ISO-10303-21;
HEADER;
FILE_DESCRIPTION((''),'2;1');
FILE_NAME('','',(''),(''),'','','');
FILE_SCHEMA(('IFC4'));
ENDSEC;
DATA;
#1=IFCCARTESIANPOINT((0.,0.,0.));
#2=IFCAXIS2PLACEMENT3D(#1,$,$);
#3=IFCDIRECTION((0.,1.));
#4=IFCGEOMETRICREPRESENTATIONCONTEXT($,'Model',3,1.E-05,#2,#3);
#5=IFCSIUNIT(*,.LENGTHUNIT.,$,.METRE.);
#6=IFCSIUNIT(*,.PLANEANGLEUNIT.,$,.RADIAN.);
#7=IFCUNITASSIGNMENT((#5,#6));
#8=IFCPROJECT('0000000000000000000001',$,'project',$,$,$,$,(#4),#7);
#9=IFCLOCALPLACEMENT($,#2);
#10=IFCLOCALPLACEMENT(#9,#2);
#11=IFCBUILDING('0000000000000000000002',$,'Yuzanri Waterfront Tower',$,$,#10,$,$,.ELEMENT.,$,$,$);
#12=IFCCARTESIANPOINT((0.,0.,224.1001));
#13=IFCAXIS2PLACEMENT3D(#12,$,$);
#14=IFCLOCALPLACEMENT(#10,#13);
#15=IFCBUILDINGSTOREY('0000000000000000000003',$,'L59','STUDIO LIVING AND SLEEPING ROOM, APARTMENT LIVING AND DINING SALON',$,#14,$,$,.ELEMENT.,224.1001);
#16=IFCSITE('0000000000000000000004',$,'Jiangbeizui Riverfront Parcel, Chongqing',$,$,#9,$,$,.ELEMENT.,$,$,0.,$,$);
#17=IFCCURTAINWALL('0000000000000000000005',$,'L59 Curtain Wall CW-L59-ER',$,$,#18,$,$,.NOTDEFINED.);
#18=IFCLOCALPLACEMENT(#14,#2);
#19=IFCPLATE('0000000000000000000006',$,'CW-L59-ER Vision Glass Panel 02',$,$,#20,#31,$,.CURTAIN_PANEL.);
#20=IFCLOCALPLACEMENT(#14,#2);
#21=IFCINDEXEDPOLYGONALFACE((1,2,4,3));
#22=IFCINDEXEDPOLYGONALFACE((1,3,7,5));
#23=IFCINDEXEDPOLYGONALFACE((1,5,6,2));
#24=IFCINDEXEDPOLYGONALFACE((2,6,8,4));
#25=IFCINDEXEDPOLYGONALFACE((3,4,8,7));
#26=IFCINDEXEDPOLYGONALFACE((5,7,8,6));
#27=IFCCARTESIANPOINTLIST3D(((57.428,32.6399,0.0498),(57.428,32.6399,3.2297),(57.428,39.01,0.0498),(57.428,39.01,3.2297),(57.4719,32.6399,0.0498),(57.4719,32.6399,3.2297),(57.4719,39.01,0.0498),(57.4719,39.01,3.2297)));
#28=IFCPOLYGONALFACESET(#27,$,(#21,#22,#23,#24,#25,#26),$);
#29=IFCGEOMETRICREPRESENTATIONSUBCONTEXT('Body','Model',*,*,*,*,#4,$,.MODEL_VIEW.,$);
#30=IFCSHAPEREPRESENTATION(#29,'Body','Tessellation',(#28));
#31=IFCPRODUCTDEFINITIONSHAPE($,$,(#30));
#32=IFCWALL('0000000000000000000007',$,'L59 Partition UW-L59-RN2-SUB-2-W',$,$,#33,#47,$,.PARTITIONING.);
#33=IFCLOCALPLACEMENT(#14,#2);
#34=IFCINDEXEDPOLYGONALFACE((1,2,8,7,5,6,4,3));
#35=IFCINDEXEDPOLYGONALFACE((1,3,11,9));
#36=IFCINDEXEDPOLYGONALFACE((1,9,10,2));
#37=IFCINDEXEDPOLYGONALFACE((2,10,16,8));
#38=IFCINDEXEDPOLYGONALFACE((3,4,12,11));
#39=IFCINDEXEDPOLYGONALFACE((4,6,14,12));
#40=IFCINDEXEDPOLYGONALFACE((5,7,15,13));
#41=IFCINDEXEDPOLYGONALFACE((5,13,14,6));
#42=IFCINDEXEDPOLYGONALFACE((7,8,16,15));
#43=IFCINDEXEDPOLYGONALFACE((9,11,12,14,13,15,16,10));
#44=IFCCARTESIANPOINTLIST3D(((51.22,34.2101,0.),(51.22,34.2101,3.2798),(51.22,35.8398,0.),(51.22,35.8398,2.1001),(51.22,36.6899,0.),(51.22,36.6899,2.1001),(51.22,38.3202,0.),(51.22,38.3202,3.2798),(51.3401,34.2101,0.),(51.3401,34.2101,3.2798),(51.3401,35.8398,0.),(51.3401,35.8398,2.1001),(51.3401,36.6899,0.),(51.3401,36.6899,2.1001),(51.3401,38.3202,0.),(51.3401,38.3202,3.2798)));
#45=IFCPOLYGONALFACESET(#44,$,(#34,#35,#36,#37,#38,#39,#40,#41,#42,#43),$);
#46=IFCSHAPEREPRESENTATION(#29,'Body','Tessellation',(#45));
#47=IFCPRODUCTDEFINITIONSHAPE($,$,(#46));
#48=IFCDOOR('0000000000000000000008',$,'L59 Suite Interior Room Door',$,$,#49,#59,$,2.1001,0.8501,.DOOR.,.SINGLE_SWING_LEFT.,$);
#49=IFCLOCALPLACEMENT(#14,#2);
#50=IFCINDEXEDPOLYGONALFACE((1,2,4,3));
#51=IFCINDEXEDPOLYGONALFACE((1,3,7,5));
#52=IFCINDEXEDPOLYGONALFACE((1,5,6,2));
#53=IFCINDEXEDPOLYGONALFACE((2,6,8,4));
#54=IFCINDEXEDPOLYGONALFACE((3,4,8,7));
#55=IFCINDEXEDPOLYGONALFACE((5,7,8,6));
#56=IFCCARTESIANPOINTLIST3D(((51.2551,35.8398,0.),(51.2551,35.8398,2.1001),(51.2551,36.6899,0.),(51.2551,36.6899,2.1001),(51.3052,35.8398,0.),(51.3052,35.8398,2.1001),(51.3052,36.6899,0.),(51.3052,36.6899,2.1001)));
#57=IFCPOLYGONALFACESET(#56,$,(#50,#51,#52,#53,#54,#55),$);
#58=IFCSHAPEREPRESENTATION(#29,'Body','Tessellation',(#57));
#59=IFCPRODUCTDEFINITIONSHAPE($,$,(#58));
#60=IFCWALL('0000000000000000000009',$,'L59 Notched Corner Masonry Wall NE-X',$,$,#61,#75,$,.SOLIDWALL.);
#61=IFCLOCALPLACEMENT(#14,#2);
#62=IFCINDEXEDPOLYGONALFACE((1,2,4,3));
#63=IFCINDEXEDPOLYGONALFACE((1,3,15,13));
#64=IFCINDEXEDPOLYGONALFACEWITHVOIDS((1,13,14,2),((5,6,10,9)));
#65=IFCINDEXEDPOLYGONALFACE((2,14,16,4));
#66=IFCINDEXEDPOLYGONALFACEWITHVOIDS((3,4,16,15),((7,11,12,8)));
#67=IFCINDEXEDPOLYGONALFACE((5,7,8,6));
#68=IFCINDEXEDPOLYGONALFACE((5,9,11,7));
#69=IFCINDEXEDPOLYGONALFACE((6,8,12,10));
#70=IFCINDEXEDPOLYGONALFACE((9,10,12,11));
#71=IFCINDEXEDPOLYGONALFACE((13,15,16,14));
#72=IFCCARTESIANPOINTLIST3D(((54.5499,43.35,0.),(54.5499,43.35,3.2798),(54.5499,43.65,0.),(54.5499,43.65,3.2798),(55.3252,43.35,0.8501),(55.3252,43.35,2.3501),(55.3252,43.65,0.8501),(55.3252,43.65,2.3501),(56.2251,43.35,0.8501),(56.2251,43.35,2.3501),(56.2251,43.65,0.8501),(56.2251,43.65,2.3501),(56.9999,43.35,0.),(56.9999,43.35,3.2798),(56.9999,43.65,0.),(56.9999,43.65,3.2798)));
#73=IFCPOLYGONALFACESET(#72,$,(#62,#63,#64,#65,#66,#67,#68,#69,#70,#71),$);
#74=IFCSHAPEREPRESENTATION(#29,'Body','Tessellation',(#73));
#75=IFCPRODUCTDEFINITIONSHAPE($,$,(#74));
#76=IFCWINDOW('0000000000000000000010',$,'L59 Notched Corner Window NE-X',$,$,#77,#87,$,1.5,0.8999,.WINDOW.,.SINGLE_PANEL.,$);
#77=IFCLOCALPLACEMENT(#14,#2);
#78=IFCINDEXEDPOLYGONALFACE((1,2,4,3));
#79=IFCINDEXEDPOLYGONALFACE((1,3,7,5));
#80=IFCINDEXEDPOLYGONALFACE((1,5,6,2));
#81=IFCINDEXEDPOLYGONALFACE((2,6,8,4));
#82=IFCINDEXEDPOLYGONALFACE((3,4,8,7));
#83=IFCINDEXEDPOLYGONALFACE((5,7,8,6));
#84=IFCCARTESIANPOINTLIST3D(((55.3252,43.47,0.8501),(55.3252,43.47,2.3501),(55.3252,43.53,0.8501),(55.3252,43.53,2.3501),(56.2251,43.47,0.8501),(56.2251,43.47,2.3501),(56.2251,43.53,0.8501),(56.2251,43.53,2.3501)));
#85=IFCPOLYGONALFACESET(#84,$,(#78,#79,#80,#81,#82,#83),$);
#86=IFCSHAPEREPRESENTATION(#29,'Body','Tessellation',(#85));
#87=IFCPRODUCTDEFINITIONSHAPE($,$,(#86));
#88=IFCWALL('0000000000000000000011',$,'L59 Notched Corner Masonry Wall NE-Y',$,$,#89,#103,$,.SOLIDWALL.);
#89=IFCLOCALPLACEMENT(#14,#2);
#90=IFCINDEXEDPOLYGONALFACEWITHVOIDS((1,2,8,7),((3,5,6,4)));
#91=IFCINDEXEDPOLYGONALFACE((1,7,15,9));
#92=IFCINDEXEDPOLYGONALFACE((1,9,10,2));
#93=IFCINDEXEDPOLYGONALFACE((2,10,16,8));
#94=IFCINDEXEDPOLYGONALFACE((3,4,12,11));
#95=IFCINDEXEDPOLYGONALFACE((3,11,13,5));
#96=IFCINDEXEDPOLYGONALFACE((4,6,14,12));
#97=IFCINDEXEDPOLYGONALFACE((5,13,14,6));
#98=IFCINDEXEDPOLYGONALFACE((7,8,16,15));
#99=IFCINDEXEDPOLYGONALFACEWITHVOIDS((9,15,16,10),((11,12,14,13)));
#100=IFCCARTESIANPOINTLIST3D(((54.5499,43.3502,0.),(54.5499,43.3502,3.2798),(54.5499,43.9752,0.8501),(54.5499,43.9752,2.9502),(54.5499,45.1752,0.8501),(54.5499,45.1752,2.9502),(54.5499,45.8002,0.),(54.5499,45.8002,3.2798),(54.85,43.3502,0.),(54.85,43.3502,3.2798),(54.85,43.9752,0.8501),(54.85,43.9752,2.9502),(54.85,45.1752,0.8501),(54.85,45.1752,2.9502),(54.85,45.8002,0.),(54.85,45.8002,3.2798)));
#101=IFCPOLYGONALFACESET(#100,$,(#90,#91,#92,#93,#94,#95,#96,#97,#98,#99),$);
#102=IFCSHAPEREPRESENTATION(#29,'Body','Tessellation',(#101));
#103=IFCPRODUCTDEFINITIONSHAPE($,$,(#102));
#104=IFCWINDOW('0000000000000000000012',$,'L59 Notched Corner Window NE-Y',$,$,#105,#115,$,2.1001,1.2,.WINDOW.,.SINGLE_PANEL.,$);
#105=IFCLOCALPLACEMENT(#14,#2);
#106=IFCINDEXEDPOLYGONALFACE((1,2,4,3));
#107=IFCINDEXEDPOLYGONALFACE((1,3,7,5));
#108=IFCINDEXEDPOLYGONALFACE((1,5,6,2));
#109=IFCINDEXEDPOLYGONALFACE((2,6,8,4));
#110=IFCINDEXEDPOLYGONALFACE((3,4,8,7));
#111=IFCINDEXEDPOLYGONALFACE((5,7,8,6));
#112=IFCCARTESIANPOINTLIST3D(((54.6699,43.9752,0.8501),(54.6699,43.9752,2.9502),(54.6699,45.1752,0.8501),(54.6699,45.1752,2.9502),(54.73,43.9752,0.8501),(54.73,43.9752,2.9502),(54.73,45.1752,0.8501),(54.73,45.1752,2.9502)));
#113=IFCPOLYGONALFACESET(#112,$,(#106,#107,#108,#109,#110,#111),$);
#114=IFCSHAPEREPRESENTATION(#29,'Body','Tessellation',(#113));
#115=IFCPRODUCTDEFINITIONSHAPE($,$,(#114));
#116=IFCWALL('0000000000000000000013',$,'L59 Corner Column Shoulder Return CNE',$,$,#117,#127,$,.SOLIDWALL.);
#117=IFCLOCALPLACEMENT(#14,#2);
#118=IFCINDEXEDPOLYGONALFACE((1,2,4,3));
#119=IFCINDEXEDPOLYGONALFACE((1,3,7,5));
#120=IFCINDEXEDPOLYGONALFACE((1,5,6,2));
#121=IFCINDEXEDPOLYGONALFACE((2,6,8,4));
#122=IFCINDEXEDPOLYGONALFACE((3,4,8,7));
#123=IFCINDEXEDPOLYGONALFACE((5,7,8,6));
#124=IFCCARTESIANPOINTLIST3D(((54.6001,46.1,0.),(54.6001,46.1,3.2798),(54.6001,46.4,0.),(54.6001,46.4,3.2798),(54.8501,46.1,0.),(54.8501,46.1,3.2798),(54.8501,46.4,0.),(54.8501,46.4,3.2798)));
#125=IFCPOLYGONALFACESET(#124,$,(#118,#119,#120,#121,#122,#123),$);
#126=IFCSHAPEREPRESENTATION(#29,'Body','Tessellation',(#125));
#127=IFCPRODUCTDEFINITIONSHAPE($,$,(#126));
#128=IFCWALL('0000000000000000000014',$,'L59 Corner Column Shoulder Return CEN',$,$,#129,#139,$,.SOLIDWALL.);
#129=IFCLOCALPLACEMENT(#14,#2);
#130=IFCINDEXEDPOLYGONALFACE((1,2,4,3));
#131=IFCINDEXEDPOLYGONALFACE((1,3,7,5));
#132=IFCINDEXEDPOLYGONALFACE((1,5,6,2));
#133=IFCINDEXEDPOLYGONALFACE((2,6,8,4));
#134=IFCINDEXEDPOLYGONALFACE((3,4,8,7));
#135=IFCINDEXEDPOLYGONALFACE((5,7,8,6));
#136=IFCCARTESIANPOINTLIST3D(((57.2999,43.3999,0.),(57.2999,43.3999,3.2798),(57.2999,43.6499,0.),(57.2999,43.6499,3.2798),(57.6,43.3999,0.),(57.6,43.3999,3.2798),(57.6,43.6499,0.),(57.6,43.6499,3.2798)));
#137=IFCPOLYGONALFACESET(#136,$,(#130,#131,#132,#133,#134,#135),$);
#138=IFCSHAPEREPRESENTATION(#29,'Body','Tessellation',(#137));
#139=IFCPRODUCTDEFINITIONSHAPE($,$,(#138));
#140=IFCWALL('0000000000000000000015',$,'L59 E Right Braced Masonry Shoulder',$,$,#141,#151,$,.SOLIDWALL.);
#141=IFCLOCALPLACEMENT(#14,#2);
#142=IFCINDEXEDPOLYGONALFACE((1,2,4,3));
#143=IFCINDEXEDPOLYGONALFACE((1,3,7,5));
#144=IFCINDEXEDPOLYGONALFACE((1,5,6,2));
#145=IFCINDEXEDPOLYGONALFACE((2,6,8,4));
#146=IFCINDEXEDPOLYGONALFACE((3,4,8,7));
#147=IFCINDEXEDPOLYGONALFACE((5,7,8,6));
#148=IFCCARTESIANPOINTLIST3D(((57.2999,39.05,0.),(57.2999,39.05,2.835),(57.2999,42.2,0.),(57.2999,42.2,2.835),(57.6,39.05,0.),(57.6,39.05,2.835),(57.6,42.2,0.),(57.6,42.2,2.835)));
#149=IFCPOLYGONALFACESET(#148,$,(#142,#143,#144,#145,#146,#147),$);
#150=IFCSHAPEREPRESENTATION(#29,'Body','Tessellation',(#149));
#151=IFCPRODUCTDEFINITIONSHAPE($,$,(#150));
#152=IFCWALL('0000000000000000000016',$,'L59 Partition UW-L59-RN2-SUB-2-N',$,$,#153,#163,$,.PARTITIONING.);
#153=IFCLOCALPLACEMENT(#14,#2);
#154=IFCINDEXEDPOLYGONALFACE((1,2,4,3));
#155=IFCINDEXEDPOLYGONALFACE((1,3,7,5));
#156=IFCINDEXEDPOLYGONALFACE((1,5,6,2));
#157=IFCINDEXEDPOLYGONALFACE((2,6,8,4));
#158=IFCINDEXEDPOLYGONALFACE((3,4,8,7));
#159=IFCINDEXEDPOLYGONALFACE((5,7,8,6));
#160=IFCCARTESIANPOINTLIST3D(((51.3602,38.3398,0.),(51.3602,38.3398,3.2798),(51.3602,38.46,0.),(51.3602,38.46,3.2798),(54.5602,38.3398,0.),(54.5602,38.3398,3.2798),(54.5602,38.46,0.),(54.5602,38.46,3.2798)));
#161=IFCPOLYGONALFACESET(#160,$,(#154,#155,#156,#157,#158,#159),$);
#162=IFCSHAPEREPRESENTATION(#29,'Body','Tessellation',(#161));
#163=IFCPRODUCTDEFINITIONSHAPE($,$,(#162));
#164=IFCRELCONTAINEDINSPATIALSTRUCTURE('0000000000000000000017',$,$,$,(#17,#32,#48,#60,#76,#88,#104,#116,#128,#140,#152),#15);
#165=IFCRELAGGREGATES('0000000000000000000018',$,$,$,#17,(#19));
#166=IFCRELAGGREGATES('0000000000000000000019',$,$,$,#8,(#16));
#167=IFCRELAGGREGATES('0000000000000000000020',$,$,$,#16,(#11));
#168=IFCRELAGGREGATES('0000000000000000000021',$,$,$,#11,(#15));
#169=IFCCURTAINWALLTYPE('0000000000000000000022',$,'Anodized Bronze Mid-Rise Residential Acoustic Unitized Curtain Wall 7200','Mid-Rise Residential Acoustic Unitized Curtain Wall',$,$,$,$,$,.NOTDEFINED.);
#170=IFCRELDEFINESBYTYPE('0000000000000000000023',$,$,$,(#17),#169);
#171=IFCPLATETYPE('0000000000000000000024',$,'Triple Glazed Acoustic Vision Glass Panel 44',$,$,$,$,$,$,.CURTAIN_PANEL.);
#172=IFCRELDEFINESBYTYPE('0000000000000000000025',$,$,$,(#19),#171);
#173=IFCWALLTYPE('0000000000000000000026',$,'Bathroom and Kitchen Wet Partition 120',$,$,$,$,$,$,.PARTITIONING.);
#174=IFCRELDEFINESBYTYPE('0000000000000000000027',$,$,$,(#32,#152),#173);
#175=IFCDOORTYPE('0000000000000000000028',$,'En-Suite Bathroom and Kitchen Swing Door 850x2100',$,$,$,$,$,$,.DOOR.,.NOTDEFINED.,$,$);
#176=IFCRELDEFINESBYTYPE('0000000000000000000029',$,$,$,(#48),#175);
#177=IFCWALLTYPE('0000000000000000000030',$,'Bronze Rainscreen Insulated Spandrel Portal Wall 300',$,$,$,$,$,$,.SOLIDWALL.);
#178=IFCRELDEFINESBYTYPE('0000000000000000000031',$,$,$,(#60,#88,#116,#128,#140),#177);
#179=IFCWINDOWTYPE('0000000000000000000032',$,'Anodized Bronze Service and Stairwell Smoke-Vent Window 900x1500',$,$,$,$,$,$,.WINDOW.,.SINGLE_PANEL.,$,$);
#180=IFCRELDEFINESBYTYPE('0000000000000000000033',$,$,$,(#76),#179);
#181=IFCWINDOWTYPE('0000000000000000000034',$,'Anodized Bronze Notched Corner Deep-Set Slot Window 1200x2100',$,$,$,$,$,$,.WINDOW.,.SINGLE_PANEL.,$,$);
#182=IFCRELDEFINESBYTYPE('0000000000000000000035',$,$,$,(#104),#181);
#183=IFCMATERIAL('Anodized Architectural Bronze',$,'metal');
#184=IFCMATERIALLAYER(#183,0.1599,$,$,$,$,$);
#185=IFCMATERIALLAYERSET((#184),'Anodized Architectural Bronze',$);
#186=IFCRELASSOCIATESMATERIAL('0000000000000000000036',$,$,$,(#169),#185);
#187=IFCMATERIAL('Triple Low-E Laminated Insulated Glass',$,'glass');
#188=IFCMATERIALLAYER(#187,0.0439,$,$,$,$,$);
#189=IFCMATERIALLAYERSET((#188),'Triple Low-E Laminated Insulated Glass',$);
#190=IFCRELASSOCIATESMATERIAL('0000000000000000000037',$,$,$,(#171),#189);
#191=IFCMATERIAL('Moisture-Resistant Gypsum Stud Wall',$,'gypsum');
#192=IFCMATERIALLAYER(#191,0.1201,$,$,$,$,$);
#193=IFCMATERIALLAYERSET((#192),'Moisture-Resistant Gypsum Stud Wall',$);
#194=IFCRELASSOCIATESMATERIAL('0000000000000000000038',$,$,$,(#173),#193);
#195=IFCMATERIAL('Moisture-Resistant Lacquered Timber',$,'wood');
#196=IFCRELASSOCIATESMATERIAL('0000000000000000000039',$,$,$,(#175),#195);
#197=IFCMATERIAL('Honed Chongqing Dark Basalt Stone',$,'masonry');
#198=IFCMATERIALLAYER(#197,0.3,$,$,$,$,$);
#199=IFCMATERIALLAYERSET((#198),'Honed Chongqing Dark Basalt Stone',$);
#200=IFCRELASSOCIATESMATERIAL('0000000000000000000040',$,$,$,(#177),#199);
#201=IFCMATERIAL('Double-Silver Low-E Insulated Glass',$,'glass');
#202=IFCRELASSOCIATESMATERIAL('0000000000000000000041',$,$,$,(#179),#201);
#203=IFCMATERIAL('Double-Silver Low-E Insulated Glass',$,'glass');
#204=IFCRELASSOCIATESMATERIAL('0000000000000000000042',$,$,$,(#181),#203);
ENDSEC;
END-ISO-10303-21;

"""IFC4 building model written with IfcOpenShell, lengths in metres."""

from ifc_helpers import new_model, si_unit, direction, frame, frame_2d, origin, origin_2d, place, context, subcontext, project, spatial, rectangle, extrude, source, transform, mapped, material, layer, layer_set, type_object, element, fill, aggregate, save


model = new_model("IFC4")

# Units and contexts
model_context = context("Model", 3, precision=1e-05, world=origin(), true_north=direction((0.0, 1.0)))
body_context = subcontext(model_context, "Body", "Model", "MODEL_VIEW")
ifc_project = project(units=[si_unit("LENGTHUNIT", "METRE"), si_unit("PLANEANGLEUNIT", "RADIAN")], contexts=[model_context])

# Site, building, storey
site_placement = place(None, origin())
site = spatial("IfcSite", under=ifc_project, at=site_placement, Name="Jiangbeizui Riverfront Parcel, Chongqing", CompositionType="ELEMENT", RefElevation=0.0)
building_placement = place(site_placement, origin())
building = spatial("IfcBuilding", under=site, at=building_placement, Name="Yuzanri Waterfront Tower", CompositionType="ELEMENT")
storey_placement = place(building_placement, frame((0.0, 0.0, 224.1001)))
storey = spatial("IfcBuildingStorey", under=building, at=storey_placement, Name="L59", Description="STUDIO LIVING AND SLEEPING ROOM, APARTMENT LIVING AND DINING SALON", CompositionType="ELEMENT", Elevation=224.1001)

# Curtain wall
ifc_material_1 = material(Name="Anodized Architectural Bronze", Category="metal")
ifc_layer_1 = layer(ifc_material_1, 0.1599)
ifc_layer_set_1 = layer_set([ifc_layer_1], Name="Anodized Architectural Bronze")
curtain_wall_type = type_object("IfcCurtainWallType", Name="Anodized Bronze Mid-Rise Residential Acoustic Unitized Curtain Wall 7200", Description="Mid-Rise Residential Acoustic Unitized Curtain Wall", PredefinedType="NOTDEFINED", material=ifc_layer_set_1)
curtain_wall_placement = place(storey_placement, origin())
curtain_wall = element("IfcCurtainWall", 1, at=curtain_wall_placement, inside=storey, type_object=curtain_wall_type, Name="L59 Curtain Wall CW-L59-ER", PredefinedType="NOTDEFINED")

# Plate
ifc_material_2 = material(Name="Triple Low-E Laminated Insulated Glass", Category="glass")
ifc_layer_2 = layer(ifc_material_2, 0.0439)
ifc_layer_set_2 = layer_set([ifc_layer_2], Name="Triple Low-E Laminated Insulated Glass")
plate_type_1 = type_object("IfcPlateType", Name="Triple Glazed Acoustic Vision Glass Panel 44", PredefinedType="CURTAIN_PANEL", material=ifc_layer_set_2)
shared_shape_1 = source(origin(), body_context, "Body", "SweptSolid", [
    extrude(rectangle(XDim=6.3701, YDim=0.0439, at=origin_2d()), origin(), (0.0, 0.0, 1.0), 3.1799),
])
plate_placement = place(storey_placement, frame((57.45, 35.825, 0.0498), z_axis=(0.0, 0.0, 1.0), x_axis=(0.0, 1.0, 0.0)))
plate = element("IfcPlate", 2, at=plate_placement, type_object=plate_type_1, Name="CW-L59-ER Vision Glass Panel 02", PredefinedType="CURTAIN_PANEL", context=body_context, shape_type="MappedRepresentation", body=[
    mapped(shared_shape_1, transform((0.0, 0.0, 0.0), scale=1.0)),
])
aggregate(curtain_wall, [plate])

# Wall, opening, door
ifc_material_3 = material(Name="Moisture-Resistant Gypsum Stud Wall", Category="gypsum")
ifc_layer_3 = layer(ifc_material_3, 0.1201)
ifc_layer_set_3 = layer_set([ifc_layer_3], Name="Moisture-Resistant Gypsum Stud Wall")
wall_type_1 = type_object("IfcWallType", Name="Bathroom and Kitchen Wet Partition 120", PredefinedType="PARTITIONING", material=ifc_layer_set_3)
wall_1_placement = place(storey_placement, frame((51.28, 34.21, 0.0), z_axis=(0.0, 0.0, 1.0), x_axis=(0.0, 1.0, 0.0)))
wall_1 = element("IfcWall", 3, at=wall_1_placement, inside=storey, type_object=wall_type_1, Name="L59 Partition UW-L59-RN2-SUB-2-W", PredefinedType="PARTITIONING", context=body_context, shape_type="SweptSolid", body=[
    extrude(rectangle(XDim=4.1101, YDim=0.1201, at=frame_2d((2.0552, 0.0))), origin(), (0.0, 0.0, 1.0), 3.2798),
])
opening_1_placement = place(wall_1_placement, frame((1.6299, 0.0, 0.0)))
opening_1 = element("IfcOpeningElement", 4, at=opening_1_placement, cuts=wall_1, PredefinedType="OPENING", context=body_context, shape_type="SweptSolid", body=[
    extrude(rectangle(XDim=0.8501, YDim=2.1001, at=frame_2d((0.425, 1.05))), frame((0.0, 0.075, 0.0), z_axis=(0.0, -1.0, 0.0), x_axis=(1.0, 0.0, 0.0)), (0.0, 0.0, 1.0), 0.1499),
])
ifc_material_4 = material(Name="Moisture-Resistant Lacquered Timber", Category="wood")
door_type = type_object("IfcDoorType", Name="En-Suite Bathroom and Kitchen Swing Door 850x2100", OperationType="NOTDEFINED", PredefinedType="DOOR", material=ifc_material_4)
shared_shape_2 = source(origin(), body_context, "Body", "SweptSolid", [
    extrude(rectangle(XDim=0.8501, YDim=2.1001, at=frame_2d((0.425, 1.05))), frame((0.0, 0.0249, 0.0), z_axis=(0.0, -1.0, 0.0), x_axis=(1.0, 0.0, 0.0)), (0.0, 0.0, 1.0), 0.05),
])
door_placement = place(opening_1_placement, origin())
door = element("IfcDoor", 5, at=door_placement, inside=storey, type_object=door_type, Name="L59 Suite Interior Room Door", OperationType="SINGLE_SWING_LEFT", OverallHeight=2.1001, OverallWidth=0.8501, PredefinedType="DOOR", context=body_context, shape_type="MappedRepresentation", body=[
    mapped(shared_shape_2, transform((0.0, 0.0, 0.0), scale=1.0)),
])
fill(opening_1, door)

# Walls, openings, windows
ifc_material_5 = material(Name="Honed Chongqing Dark Basalt Stone", Category="masonry")
ifc_layer_4 = layer(ifc_material_5, 0.3)
ifc_layer_set_4 = layer_set([ifc_layer_4], Name="Honed Chongqing Dark Basalt Stone")
wall_type_2 = type_object("IfcWallType", Name="Bronze Rainscreen Insulated Spandrel Portal Wall 300", PredefinedType="SOLIDWALL", material=ifc_layer_set_4)
wall_2_placement = place(storey_placement, frame((57.0, 43.5, 0.0), z_axis=(0.0, 0.0, 1.0), x_axis=(-1.0, 0.0, 0.0)))
wall_2 = element("IfcWall", 6, at=wall_2_placement, inside=storey, type_object=wall_type_2, Name="L59 Notched Corner Masonry Wall NE-X", PredefinedType="SOLIDWALL", context=body_context, shape_type="SweptSolid", body=[
    extrude(rectangle(XDim=2.45, YDim=0.3, at=frame_2d((1.2251, 0.0))), origin(), (0.0, 0.0, 1.0), 3.2798),
])
opening_2_placement = place(wall_2_placement, frame((0.7749, 0.0, 0.8501)))
opening_2 = element("IfcOpeningElement", 7, at=opening_2_placement, cuts=wall_2, PredefinedType="OPENING", context=body_context, shape_type="SweptSolid", body=[
    extrude(rectangle(XDim=0.8999, YDim=1.5, at=frame_2d((0.45, 0.75))), frame((0.0, 0.165, 0.0), z_axis=(0.0, -1.0, 0.0), x_axis=(1.0, 0.0, 0.0)), (0.0, 0.0, 1.0), 0.3298),
])
ifc_material_6 = material(Name="Double-Silver Low-E Insulated Glass", Category="glass")
window_type_1 = type_object("IfcWindowType", Name="Anodized Bronze Service and Stairwell Smoke-Vent Window 900x1500", PartitioningType="SINGLE_PANEL", PredefinedType="WINDOW", material=ifc_material_6)
shared_shape_3 = source(origin(), body_context, "Body", "SweptSolid", [
    extrude(rectangle(XDim=0.8999, YDim=1.5, at=frame_2d((0.45, 0.75))), frame((0.0, 0.03, 0.0), z_axis=(0.0, -1.0, 0.0), x_axis=(1.0, 0.0, 0.0)), (0.0, 0.0, 1.0), 0.0601),
])
window_1_placement = place(opening_2_placement, origin())
window_1 = element("IfcWindow", 8, at=window_1_placement, inside=storey, type_object=window_type_1, Name="L59 Notched Corner Window NE-X", OverallHeight=1.5, OverallWidth=0.8999, PartitioningType="SINGLE_PANEL", PredefinedType="WINDOW", context=body_context, shape_type="MappedRepresentation", body=[
    mapped(shared_shape_3, transform((0.0, 0.0, 0.0), scale=1.0)),
])
fill(opening_2, window_1)
wall_3_placement = place(storey_placement, frame((54.7, 43.3501, 0.0), z_axis=(0.0, 0.0, 1.0), x_axis=(0.0, 1.0, 0.0)))
wall_3 = element("IfcWall", 9, at=wall_3_placement, inside=storey, type_object=wall_type_2, Name="L59 Notched Corner Masonry Wall NE-Y", PredefinedType="SOLIDWALL", context=body_context, shape_type="SweptSolid", body=[
    extrude(rectangle(XDim=2.45, YDim=0.3, at=frame_2d((1.2251, 0.0))), origin(), (0.0, 0.0, 1.0), 3.2798),
])
opening_3_placement = place(wall_3_placement, frame((0.625, 0.0, 0.8501)))
opening_3 = element("IfcOpeningElement", 10, at=opening_3_placement, cuts=wall_3, PredefinedType="OPENING", context=body_context, shape_type="SweptSolid", body=[
    extrude(rectangle(XDim=1.2, YDim=2.1001, at=frame_2d((0.6001, 1.05))), frame((0.0, 0.165, 0.0), z_axis=(0.0, -1.0, 0.0), x_axis=(1.0, 0.0, 0.0)), (0.0, 0.0, 1.0), 0.3298),
])
ifc_material_7 = material(Name="Double-Silver Low-E Insulated Glass", Category="glass")
window_type_2 = type_object("IfcWindowType", Name="Anodized Bronze Notched Corner Deep-Set Slot Window 1200x2100", PartitioningType="SINGLE_PANEL", PredefinedType="WINDOW", material=ifc_material_7)
shared_shape_4 = source(origin(), body_context, "Body", "SweptSolid", [
    extrude(rectangle(XDim=1.2, YDim=2.1001, at=frame_2d((0.6001, 1.05))), frame((0.0, 0.03, 0.0), z_axis=(0.0, -1.0, 0.0), x_axis=(1.0, 0.0, 0.0)), (0.0, 0.0, 1.0), 0.0601),
])
window_2_placement = place(opening_3_placement, origin())
window_2 = element("IfcWindow", 11, at=window_2_placement, inside=storey, type_object=window_type_2, Name="L59 Notched Corner Window NE-Y", OverallHeight=2.1001, OverallWidth=1.2, PartitioningType="SINGLE_PANEL", PredefinedType="WINDOW", context=body_context, shape_type="MappedRepresentation", body=[
    mapped(shared_shape_4, transform((0.0, 0.0, 0.0), scale=1.0)),
])
fill(opening_3, window_2)

# Walls
shared_shape_5 = source(origin(), body_context, "Body", "SweptSolid", [
    extrude(rectangle(XDim=0.25, YDim=0.3, at=frame_2d((0.125, 0.0))), origin(), (0.0, 0.0, 1.0), 3.2798),
])
for number, where, z_axis, x_axis, name in (
    (12, (54.6001, 46.25, 0.0), (0.0, 0.0, 1.0), (1.0, 0.0, 0.0), "L59 Corner Column Shoulder Return CNE"),
    (13, (57.45, 43.3999, 0.0), (0.0, 0.0, 1.0), (0.0, 1.0, 0.0), "L59 Corner Column Shoulder Return CEN"),
):
    element("IfcWall", number, at=place(storey_placement, frame(where, z_axis=z_axis, x_axis=x_axis)), inside=storey, type_object=wall_type_2, Name=name, PredefinedType="SOLIDWALL", context=body_context, shape_type="MappedRepresentation", body=[
        mapped(shared_shape_5, transform((0.0, 0.0, 0.0), scale=1.0)),
    ])
shared_shape_6 = source(origin(), body_context, "Body", "SweptSolid", [
    extrude(rectangle(XDim=3.1499, YDim=0.3, at=frame_2d((1.575, 0.0))), origin(), (0.0, 0.0, 1.0), 2.835),
])
wall_4_placement = place(storey_placement, frame((57.45, 39.05, 0.0), z_axis=(0.0, 0.0, 1.0), x_axis=(0.0, 1.0, 0.0)))
element("IfcWall", 14, at=wall_4_placement, inside=storey, type_object=wall_type_2, Name="L59 E Right Braced Masonry Shoulder", PredefinedType="SOLIDWALL", context=body_context, shape_type="MappedRepresentation", body=[
    mapped(shared_shape_6, transform((0.0, 0.0, 0.0), scale=1.0)),
])
shared_shape_7 = source(origin(), body_context, "Body", "SweptSolid", [
    extrude(rectangle(XDim=3.2, YDim=0.1201, at=frame_2d((1.6001, 0.0))), origin(), (0.0, 0.0, 1.0), 3.2798),
])
wall_5_placement = place(storey_placement, frame((51.3601, 38.3999, 0.0), z_axis=(0.0, 0.0, 1.0), x_axis=(1.0, 0.0, 0.0)))
element("IfcWall", 15, at=wall_5_placement, inside=storey, type_object=wall_type_1, Name="L59 Partition UW-L59-RN2-SUB-2-N", PredefinedType="PARTITIONING", context=body_context, shape_type="MappedRepresentation", body=[
    mapped(shared_shape_7, transform((0.0, 0.0, 0.0), scale=1.0)),
])

save(model, "model.ifc")
